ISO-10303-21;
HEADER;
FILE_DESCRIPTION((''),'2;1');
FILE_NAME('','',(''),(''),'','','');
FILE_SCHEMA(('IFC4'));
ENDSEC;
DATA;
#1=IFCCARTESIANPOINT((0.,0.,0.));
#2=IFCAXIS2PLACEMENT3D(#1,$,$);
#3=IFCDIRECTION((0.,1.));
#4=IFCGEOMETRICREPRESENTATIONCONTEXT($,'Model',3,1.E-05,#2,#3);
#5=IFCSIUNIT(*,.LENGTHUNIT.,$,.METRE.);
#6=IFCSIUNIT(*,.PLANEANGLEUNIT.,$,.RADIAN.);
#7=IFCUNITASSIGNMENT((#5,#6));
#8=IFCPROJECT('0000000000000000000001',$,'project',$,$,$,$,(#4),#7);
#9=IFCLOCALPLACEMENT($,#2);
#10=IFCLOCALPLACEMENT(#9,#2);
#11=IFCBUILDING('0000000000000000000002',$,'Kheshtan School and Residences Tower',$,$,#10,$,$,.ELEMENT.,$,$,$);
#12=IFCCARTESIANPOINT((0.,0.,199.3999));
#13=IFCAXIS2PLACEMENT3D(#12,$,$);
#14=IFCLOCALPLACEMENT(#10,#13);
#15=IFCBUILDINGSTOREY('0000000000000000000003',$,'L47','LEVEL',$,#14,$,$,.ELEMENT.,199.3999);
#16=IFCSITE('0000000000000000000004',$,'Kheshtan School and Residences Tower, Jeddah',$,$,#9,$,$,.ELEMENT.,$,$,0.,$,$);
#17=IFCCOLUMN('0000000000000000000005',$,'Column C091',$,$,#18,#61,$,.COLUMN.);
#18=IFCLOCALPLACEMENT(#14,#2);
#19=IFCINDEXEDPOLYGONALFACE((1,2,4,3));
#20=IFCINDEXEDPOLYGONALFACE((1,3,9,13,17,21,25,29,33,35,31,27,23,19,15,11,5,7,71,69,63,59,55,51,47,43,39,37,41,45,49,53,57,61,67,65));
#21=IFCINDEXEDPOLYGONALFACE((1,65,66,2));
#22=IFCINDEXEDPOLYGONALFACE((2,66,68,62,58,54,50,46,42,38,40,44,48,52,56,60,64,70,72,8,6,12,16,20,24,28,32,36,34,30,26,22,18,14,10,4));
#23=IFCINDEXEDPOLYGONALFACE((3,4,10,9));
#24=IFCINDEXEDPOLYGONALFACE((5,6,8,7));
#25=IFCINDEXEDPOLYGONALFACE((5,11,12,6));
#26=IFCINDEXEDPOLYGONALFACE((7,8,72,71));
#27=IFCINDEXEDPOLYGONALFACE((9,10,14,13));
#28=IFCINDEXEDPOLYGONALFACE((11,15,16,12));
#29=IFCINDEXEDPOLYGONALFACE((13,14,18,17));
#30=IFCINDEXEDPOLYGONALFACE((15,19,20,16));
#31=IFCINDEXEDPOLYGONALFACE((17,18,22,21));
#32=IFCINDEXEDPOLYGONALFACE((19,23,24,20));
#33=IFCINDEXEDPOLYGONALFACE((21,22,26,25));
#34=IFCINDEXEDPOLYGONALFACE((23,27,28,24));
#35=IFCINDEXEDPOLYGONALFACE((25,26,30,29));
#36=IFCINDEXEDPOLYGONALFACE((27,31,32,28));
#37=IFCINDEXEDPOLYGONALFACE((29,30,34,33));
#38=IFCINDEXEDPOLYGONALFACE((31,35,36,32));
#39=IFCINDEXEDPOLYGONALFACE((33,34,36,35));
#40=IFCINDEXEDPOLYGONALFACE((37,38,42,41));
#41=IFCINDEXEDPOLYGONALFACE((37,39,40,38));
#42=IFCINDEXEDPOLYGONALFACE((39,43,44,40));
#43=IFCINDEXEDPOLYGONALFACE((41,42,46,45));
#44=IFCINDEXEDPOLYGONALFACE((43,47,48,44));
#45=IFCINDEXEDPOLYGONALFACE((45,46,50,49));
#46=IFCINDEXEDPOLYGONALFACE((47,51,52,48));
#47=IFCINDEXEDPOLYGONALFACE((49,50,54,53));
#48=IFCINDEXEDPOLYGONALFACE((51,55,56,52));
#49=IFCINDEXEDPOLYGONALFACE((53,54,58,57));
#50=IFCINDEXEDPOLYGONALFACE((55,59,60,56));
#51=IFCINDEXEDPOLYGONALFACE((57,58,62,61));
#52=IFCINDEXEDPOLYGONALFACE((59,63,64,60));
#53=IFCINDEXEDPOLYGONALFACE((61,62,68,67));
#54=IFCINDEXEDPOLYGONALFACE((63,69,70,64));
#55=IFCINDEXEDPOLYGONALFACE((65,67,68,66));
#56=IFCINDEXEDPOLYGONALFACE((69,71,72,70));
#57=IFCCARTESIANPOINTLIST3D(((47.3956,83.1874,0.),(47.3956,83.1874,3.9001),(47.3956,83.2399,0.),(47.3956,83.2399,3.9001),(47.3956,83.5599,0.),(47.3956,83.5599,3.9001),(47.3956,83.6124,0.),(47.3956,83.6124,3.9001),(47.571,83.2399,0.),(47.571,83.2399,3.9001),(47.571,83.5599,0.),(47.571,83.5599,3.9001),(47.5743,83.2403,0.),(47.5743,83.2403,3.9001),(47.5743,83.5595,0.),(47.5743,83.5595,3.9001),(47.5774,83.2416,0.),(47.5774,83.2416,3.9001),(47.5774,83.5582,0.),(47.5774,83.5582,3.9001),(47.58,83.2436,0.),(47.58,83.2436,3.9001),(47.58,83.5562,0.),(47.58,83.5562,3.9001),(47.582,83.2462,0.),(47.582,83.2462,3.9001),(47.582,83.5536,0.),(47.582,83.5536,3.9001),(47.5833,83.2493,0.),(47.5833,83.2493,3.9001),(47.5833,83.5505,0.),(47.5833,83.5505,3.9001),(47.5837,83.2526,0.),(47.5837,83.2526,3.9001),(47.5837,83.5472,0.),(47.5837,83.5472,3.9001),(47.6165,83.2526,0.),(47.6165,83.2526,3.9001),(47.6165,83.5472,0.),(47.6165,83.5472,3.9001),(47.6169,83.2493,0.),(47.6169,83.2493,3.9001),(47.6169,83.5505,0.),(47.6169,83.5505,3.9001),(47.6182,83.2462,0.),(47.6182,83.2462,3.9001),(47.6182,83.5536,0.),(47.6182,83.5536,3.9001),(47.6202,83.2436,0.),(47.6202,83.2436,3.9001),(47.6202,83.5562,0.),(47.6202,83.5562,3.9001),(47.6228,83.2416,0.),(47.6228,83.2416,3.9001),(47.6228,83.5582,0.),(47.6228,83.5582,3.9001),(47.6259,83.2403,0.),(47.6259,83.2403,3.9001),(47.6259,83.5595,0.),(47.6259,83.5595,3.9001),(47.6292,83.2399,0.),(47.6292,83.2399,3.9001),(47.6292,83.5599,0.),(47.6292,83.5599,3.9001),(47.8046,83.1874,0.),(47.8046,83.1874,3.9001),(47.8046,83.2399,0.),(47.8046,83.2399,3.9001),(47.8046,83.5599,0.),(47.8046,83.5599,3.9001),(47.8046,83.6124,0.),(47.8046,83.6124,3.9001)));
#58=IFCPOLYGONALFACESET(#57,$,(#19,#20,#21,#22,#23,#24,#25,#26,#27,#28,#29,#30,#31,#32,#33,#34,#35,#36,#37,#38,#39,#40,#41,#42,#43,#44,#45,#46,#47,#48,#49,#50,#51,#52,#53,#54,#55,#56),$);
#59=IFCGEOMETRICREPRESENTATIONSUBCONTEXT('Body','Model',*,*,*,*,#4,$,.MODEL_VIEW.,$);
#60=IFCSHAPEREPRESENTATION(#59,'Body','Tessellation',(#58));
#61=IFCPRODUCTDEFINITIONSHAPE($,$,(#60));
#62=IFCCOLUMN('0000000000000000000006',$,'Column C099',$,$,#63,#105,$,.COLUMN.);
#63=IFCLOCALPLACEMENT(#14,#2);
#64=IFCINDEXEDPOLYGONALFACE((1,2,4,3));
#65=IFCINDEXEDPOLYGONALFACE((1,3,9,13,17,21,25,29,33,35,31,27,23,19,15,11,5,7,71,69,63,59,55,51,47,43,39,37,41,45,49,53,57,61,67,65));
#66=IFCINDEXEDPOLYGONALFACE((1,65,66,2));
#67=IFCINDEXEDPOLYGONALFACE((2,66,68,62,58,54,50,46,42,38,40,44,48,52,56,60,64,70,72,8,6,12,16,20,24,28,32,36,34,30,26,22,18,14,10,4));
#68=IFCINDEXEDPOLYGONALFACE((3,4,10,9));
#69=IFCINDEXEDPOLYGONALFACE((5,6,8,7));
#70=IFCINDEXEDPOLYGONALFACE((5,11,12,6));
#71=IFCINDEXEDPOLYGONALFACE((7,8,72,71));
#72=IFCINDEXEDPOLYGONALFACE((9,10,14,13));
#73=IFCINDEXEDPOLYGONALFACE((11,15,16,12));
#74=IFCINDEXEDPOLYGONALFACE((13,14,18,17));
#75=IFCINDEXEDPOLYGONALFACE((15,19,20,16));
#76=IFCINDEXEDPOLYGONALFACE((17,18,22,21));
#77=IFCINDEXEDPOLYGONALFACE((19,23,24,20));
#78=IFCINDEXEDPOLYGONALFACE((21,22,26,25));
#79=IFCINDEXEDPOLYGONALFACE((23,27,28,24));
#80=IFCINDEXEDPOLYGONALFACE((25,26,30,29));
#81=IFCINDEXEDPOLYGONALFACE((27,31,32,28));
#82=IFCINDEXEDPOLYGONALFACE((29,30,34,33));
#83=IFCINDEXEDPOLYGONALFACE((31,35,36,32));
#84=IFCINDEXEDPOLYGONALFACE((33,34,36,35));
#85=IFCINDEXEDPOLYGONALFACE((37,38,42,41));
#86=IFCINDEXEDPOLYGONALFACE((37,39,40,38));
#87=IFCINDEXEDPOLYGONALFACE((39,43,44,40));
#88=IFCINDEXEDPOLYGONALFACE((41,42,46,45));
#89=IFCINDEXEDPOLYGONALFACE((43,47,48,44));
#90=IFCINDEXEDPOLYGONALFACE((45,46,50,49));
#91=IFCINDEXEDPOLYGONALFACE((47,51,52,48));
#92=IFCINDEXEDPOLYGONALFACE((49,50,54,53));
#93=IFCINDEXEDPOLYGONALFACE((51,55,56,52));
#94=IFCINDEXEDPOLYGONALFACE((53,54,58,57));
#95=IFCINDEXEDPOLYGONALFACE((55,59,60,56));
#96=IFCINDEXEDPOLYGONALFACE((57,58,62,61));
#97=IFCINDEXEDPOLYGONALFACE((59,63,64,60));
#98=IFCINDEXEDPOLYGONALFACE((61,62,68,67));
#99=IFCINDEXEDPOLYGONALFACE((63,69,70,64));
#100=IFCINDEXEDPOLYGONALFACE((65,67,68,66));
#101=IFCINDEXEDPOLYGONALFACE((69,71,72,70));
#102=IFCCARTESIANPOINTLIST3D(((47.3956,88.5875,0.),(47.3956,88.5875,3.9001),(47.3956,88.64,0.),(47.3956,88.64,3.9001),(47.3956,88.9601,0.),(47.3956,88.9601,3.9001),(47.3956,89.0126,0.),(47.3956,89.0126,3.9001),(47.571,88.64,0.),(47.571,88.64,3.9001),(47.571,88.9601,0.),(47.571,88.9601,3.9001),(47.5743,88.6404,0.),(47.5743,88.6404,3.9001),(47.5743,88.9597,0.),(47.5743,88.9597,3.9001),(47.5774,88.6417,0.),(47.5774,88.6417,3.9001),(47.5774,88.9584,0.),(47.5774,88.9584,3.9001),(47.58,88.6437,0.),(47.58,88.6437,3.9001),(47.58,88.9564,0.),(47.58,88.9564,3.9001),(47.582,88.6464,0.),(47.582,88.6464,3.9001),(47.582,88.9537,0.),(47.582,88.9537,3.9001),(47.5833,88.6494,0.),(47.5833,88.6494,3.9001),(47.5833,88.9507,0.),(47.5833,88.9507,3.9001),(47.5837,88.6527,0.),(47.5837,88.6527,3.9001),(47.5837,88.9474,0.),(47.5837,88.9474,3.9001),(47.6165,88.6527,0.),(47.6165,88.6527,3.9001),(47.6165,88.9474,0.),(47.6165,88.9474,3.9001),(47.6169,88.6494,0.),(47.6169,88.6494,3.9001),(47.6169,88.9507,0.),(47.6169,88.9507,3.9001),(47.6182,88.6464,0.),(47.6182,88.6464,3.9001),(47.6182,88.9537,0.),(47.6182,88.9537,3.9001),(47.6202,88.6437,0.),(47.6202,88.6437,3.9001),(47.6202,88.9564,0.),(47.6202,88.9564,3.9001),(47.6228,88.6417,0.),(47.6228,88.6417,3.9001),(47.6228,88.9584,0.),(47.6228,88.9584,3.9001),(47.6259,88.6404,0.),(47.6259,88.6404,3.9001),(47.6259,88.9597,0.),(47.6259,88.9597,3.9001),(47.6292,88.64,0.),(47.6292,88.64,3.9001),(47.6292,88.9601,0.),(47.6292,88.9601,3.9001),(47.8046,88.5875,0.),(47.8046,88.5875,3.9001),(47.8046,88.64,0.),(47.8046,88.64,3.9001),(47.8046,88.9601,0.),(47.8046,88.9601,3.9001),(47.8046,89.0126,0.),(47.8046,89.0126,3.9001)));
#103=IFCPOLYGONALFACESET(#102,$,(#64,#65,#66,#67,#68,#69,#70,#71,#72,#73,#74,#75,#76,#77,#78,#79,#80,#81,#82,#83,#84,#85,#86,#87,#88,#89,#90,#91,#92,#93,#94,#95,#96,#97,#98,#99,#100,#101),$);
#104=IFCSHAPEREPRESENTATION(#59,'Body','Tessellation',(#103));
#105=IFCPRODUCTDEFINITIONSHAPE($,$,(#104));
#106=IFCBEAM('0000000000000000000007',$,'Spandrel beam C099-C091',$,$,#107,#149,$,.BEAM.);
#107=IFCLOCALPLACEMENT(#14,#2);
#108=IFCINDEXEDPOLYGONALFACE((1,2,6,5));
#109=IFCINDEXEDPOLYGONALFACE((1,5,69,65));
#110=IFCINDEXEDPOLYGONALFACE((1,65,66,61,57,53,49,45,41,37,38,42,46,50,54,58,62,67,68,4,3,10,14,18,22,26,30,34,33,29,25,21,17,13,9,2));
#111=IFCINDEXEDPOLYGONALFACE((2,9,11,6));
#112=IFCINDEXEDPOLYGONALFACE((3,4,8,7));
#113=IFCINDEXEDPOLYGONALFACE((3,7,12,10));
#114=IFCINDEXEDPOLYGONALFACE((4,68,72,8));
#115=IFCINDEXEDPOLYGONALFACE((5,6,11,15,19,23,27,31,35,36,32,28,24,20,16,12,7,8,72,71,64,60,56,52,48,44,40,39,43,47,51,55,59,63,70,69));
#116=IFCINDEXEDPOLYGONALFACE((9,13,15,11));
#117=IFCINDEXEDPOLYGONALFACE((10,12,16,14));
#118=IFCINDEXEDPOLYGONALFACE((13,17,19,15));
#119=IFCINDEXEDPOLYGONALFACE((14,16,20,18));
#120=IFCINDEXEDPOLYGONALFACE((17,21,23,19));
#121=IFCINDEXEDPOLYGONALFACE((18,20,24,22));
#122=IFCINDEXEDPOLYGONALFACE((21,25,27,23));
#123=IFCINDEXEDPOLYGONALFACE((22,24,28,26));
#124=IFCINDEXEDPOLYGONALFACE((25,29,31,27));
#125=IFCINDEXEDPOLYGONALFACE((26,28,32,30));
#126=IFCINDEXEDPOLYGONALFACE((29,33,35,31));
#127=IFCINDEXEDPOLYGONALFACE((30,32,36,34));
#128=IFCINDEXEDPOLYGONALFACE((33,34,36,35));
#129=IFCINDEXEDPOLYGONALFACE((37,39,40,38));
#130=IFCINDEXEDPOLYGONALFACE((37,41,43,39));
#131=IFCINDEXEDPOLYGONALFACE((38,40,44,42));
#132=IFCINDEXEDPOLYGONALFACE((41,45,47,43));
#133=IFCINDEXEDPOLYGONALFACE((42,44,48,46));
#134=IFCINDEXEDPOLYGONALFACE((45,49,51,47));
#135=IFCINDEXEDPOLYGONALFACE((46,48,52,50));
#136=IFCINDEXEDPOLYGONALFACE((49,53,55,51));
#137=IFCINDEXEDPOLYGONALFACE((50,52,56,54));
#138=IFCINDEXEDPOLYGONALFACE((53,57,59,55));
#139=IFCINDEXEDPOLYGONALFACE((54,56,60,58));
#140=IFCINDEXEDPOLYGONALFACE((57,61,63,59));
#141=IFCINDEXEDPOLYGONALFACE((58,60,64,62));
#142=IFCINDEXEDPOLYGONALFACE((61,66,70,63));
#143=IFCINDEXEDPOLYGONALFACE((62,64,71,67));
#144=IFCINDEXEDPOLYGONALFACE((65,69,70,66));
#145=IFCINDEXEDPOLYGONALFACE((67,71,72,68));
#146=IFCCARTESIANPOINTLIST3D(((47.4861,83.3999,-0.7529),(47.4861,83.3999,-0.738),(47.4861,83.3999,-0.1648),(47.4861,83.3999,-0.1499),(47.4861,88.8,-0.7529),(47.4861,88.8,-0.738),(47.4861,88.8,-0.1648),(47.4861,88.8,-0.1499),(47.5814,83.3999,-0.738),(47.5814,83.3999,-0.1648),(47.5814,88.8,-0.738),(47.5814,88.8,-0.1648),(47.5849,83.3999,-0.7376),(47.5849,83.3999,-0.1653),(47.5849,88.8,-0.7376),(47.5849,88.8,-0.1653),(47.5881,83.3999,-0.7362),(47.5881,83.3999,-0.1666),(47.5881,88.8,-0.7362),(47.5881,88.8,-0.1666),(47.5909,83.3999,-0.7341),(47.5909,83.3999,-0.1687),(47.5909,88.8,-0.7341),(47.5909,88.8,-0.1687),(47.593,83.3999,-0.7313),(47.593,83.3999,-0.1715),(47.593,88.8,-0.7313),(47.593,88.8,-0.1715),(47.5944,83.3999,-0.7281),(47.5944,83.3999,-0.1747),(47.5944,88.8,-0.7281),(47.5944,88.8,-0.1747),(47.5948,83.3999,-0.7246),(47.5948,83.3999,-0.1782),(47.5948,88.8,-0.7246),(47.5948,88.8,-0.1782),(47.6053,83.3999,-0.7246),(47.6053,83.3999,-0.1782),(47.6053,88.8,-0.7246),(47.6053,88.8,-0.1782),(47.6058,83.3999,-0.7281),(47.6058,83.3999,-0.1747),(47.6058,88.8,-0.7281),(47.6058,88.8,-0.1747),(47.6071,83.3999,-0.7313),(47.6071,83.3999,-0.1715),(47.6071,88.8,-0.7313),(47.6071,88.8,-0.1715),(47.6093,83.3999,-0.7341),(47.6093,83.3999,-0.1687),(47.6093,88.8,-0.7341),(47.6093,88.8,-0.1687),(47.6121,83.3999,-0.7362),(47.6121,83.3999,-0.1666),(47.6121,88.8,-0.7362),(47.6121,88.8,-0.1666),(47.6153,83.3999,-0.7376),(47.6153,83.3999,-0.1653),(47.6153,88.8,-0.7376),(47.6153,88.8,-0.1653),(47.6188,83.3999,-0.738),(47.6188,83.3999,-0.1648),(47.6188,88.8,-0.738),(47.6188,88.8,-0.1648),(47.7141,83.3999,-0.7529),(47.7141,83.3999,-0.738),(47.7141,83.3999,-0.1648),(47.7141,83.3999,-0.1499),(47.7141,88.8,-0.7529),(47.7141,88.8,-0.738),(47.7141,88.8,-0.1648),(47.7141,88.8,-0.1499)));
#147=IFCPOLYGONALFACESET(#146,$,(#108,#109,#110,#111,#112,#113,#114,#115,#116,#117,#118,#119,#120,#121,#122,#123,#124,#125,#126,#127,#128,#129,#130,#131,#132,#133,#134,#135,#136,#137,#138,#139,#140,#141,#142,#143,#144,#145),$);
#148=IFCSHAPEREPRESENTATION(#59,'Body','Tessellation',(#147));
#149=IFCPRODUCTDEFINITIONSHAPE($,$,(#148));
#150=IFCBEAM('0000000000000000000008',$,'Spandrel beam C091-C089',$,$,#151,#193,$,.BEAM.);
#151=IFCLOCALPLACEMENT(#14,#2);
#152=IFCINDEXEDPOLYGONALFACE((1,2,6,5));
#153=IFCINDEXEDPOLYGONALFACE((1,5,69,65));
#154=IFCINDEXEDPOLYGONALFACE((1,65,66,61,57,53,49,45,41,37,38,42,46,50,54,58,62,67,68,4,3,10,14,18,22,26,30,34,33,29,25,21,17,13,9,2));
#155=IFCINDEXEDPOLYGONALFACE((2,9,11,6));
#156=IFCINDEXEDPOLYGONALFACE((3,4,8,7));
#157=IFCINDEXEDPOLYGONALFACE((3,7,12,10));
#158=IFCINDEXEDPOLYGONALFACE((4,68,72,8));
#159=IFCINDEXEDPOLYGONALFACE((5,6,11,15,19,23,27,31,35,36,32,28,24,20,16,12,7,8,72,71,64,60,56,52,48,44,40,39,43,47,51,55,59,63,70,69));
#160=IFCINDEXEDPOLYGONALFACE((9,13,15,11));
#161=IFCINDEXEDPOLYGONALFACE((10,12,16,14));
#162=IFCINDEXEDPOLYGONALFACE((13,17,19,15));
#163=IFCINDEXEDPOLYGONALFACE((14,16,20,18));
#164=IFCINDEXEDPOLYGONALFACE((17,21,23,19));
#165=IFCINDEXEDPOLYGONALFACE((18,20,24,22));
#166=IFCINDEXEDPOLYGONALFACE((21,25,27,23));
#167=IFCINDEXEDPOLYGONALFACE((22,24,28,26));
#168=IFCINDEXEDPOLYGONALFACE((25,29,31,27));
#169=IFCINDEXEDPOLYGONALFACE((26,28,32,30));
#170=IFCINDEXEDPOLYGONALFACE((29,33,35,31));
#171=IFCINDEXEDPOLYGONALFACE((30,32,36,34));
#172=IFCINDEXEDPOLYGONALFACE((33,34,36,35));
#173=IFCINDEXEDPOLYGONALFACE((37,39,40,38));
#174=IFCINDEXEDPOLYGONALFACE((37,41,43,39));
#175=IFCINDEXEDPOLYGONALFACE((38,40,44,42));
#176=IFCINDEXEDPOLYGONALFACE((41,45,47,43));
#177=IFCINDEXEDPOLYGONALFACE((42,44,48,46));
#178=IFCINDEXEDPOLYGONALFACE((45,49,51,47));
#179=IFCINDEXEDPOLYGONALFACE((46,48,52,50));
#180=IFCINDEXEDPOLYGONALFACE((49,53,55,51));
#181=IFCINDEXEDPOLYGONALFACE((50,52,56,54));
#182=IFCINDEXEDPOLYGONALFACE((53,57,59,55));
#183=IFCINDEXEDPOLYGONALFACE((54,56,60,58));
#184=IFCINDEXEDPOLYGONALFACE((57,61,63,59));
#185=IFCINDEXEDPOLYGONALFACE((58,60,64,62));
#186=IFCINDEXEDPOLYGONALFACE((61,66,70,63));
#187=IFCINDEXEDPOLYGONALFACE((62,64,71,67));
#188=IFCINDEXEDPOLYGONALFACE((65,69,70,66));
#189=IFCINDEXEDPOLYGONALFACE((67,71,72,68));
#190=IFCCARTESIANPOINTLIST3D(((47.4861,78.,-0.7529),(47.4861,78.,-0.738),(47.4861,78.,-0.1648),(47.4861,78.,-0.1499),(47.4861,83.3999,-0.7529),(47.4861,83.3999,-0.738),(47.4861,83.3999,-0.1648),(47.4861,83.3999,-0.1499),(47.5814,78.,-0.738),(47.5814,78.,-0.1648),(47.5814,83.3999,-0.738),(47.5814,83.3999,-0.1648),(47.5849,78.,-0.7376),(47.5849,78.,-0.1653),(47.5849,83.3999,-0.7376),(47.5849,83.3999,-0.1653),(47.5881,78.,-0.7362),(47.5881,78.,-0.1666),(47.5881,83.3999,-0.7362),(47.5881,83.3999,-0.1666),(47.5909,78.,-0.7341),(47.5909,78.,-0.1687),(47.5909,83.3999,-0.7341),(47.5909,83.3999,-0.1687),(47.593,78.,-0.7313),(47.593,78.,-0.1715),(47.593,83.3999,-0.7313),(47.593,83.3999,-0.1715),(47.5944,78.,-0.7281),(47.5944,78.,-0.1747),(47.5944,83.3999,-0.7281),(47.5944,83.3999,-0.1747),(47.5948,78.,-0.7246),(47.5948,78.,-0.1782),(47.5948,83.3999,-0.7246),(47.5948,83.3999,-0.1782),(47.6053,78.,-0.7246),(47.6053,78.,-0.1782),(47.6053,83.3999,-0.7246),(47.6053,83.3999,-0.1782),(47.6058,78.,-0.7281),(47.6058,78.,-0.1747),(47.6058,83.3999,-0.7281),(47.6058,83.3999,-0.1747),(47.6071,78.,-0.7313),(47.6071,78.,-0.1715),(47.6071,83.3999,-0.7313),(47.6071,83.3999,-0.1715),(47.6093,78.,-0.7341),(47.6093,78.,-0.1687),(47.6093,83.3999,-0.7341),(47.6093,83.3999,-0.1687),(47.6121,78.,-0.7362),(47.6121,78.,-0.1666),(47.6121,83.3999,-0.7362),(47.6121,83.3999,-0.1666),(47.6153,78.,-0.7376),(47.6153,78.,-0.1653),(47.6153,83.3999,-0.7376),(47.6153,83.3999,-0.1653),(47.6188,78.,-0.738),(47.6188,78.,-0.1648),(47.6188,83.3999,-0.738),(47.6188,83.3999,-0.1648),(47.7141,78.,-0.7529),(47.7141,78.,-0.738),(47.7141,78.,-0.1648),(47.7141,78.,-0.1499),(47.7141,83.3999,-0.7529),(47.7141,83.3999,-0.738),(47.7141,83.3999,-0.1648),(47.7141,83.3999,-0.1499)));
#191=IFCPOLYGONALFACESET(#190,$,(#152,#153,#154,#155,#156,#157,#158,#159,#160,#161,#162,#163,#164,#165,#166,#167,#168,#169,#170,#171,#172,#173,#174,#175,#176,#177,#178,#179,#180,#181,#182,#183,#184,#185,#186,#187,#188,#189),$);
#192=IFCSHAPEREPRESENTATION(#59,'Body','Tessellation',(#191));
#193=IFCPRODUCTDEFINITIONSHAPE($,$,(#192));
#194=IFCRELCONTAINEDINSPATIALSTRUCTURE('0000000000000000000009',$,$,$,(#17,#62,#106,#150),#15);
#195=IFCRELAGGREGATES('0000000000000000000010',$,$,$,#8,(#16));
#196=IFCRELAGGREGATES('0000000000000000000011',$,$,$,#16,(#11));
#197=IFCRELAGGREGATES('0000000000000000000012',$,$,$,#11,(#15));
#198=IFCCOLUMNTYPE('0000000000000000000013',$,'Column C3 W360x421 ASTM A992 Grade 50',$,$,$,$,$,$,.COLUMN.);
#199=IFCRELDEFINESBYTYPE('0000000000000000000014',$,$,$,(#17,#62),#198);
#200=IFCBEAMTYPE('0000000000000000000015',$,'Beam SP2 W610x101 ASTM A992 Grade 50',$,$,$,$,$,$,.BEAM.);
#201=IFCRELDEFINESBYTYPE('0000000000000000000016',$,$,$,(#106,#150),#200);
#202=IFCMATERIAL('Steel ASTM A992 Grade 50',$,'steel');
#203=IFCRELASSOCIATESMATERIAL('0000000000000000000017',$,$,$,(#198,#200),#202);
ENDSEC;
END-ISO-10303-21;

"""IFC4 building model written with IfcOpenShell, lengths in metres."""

from ifc_helpers import new_model, si_unit, direction, frame, origin, origin_2d, place, context, subcontext, project, spatial, i_section, extrude, material, material_profile, profile_set, type_object, element, save


model = new_model("IFC4")

# Units and contexts
model_context = context("Model", 3, precision=1e-05, world=origin(), true_north=direction((0.0, 1.0)))
body_context = subcontext(model_context, "Body", "Model", "MODEL_VIEW")
ifc_project = project(units=[si_unit("LENGTHUNIT", "METRE"), si_unit("PLANEANGLEUNIT", "RADIAN")], contexts=[model_context])

# Site, building, storey
site_placement = place(None, origin())
site = spatial("IfcSite", under=ifc_project, at=site_placement, Name="Kheshtan School and Residences Tower, Jeddah", CompositionType="ELEMENT", RefElevation=0.0)
building_placement = place(site_placement, origin())
building = spatial("IfcBuilding", under=site, at=building_placement, Name="Kheshtan School and Residences Tower", CompositionType="ELEMENT")
storey_placement = place(building_placement, frame((0.0, 0.0, 199.3999)))
storey = spatial("IfcBuildingStorey", under=building, at=storey_placement, Name="L47", Description="LEVEL", CompositionType="ELEMENT", Elevation=199.3999)

# Columns
ifc_material_1 = material(Name="Steel ASTM A992 Grade 50", Category="steel")
ifc_material_profile_1 = material_profile(ifc_material_1, i_section(OverallWidth=0.4089, OverallDepth=0.425, WebThickness=0.0327, FlangeThickness=0.0525, FilletRadius=0.0127, at=origin_2d()), Name="W360x421")
ifc_profile_set_1 = profile_set([ifc_material_profile_1], Name="Steel ASTM A992 Grade 50")
column_type = type_object("IfcColumnType", Name="Column C3 W360x421 ASTM A992 Grade 50", PredefinedType="COLUMN", material=ifc_profile_set_1)
for number, where, z_axis, x_axis, name in (
    (1, (47.6001, 83.3999, 0.0), (0.0, 0.0, 1.0), (1.0, 0.0, 0.0), "Column C091"),
    (2, (47.6001, 88.8, 0.0), (0.0, 0.0, 1.0), (1.0, 0.0, 0.0), "Column C099"),
):
    element("IfcColumn", number, at=place(storey_placement, frame(where, z_axis=z_axis, x_axis=x_axis)), inside=storey, type_object=column_type, Name=name, PredefinedType="COLUMN", context=body_context, shape_type="SweptSolid", body=[
        extrude(i_section(OverallWidth=0.4089, OverallDepth=0.425, WebThickness=0.0327, FlangeThickness=0.0525, FilletRadius=0.0127, at=origin_2d()), origin(), (0.0, 0.0, 1.0), 3.9001),
    ])

# Beams
ifc_material_profile_2 = material_profile(ifc_material_1, i_section(OverallWidth=0.228, OverallDepth=0.603, WebThickness=0.0105, FlangeThickness=0.0149, FilletRadius=0.0134, at=origin_2d()), Name="W610x101")
ifc_profile_set_2 = profile_set([ifc_material_profile_2], Name="Steel ASTM A992 Grade 50")
beam_type = type_object("IfcBeamType", Name="Beam SP2 W610x101 ASTM A992 Grade 50", PredefinedType="BEAM", material=ifc_profile_set_2)
beam_1_placement = place(storey_placement, frame((47.6001, 88.8, -0.4514), z_axis=(0.0, -1.0, 0.0), x_axis=(1.0, 0.0, 0.0)))
element("IfcBeam", 3, at=beam_1_placement, inside=storey, type_object=beam_type, Name="Spandrel beam C099-C091", PredefinedType="BEAM", context=body_context, shape_type="SweptSolid", body=[
    extrude(i_section(OverallWidth=0.228, OverallDepth=0.603, WebThickness=0.0105, FlangeThickness=0.0149, FilletRadius=0.0134, at=origin_2d()), origin(), (0.0, 0.0, 1.0), 5.4001),
])
beam_2_placement = place(storey_placement, frame((47.6001, 83.3999, -0.4514), z_axis=(0.0, -1.0, 0.0), x_axis=(1.0, 0.0, 0.0)))
element("IfcBeam", 4, at=beam_2_placement, inside=storey, type_object=beam_type, Name="Spandrel beam C091-C089", PredefinedType="BEAM", context=body_context, shape_type="SweptSolid", body=[
    extrude(i_section(OverallWidth=0.228, OverallDepth=0.603, WebThickness=0.0105, FlangeThickness=0.0149, FilletRadius=0.0134, at=origin_2d()), origin(), (0.0, 0.0, 1.0), 5.3999),
])

save(model, "model.ifc")
